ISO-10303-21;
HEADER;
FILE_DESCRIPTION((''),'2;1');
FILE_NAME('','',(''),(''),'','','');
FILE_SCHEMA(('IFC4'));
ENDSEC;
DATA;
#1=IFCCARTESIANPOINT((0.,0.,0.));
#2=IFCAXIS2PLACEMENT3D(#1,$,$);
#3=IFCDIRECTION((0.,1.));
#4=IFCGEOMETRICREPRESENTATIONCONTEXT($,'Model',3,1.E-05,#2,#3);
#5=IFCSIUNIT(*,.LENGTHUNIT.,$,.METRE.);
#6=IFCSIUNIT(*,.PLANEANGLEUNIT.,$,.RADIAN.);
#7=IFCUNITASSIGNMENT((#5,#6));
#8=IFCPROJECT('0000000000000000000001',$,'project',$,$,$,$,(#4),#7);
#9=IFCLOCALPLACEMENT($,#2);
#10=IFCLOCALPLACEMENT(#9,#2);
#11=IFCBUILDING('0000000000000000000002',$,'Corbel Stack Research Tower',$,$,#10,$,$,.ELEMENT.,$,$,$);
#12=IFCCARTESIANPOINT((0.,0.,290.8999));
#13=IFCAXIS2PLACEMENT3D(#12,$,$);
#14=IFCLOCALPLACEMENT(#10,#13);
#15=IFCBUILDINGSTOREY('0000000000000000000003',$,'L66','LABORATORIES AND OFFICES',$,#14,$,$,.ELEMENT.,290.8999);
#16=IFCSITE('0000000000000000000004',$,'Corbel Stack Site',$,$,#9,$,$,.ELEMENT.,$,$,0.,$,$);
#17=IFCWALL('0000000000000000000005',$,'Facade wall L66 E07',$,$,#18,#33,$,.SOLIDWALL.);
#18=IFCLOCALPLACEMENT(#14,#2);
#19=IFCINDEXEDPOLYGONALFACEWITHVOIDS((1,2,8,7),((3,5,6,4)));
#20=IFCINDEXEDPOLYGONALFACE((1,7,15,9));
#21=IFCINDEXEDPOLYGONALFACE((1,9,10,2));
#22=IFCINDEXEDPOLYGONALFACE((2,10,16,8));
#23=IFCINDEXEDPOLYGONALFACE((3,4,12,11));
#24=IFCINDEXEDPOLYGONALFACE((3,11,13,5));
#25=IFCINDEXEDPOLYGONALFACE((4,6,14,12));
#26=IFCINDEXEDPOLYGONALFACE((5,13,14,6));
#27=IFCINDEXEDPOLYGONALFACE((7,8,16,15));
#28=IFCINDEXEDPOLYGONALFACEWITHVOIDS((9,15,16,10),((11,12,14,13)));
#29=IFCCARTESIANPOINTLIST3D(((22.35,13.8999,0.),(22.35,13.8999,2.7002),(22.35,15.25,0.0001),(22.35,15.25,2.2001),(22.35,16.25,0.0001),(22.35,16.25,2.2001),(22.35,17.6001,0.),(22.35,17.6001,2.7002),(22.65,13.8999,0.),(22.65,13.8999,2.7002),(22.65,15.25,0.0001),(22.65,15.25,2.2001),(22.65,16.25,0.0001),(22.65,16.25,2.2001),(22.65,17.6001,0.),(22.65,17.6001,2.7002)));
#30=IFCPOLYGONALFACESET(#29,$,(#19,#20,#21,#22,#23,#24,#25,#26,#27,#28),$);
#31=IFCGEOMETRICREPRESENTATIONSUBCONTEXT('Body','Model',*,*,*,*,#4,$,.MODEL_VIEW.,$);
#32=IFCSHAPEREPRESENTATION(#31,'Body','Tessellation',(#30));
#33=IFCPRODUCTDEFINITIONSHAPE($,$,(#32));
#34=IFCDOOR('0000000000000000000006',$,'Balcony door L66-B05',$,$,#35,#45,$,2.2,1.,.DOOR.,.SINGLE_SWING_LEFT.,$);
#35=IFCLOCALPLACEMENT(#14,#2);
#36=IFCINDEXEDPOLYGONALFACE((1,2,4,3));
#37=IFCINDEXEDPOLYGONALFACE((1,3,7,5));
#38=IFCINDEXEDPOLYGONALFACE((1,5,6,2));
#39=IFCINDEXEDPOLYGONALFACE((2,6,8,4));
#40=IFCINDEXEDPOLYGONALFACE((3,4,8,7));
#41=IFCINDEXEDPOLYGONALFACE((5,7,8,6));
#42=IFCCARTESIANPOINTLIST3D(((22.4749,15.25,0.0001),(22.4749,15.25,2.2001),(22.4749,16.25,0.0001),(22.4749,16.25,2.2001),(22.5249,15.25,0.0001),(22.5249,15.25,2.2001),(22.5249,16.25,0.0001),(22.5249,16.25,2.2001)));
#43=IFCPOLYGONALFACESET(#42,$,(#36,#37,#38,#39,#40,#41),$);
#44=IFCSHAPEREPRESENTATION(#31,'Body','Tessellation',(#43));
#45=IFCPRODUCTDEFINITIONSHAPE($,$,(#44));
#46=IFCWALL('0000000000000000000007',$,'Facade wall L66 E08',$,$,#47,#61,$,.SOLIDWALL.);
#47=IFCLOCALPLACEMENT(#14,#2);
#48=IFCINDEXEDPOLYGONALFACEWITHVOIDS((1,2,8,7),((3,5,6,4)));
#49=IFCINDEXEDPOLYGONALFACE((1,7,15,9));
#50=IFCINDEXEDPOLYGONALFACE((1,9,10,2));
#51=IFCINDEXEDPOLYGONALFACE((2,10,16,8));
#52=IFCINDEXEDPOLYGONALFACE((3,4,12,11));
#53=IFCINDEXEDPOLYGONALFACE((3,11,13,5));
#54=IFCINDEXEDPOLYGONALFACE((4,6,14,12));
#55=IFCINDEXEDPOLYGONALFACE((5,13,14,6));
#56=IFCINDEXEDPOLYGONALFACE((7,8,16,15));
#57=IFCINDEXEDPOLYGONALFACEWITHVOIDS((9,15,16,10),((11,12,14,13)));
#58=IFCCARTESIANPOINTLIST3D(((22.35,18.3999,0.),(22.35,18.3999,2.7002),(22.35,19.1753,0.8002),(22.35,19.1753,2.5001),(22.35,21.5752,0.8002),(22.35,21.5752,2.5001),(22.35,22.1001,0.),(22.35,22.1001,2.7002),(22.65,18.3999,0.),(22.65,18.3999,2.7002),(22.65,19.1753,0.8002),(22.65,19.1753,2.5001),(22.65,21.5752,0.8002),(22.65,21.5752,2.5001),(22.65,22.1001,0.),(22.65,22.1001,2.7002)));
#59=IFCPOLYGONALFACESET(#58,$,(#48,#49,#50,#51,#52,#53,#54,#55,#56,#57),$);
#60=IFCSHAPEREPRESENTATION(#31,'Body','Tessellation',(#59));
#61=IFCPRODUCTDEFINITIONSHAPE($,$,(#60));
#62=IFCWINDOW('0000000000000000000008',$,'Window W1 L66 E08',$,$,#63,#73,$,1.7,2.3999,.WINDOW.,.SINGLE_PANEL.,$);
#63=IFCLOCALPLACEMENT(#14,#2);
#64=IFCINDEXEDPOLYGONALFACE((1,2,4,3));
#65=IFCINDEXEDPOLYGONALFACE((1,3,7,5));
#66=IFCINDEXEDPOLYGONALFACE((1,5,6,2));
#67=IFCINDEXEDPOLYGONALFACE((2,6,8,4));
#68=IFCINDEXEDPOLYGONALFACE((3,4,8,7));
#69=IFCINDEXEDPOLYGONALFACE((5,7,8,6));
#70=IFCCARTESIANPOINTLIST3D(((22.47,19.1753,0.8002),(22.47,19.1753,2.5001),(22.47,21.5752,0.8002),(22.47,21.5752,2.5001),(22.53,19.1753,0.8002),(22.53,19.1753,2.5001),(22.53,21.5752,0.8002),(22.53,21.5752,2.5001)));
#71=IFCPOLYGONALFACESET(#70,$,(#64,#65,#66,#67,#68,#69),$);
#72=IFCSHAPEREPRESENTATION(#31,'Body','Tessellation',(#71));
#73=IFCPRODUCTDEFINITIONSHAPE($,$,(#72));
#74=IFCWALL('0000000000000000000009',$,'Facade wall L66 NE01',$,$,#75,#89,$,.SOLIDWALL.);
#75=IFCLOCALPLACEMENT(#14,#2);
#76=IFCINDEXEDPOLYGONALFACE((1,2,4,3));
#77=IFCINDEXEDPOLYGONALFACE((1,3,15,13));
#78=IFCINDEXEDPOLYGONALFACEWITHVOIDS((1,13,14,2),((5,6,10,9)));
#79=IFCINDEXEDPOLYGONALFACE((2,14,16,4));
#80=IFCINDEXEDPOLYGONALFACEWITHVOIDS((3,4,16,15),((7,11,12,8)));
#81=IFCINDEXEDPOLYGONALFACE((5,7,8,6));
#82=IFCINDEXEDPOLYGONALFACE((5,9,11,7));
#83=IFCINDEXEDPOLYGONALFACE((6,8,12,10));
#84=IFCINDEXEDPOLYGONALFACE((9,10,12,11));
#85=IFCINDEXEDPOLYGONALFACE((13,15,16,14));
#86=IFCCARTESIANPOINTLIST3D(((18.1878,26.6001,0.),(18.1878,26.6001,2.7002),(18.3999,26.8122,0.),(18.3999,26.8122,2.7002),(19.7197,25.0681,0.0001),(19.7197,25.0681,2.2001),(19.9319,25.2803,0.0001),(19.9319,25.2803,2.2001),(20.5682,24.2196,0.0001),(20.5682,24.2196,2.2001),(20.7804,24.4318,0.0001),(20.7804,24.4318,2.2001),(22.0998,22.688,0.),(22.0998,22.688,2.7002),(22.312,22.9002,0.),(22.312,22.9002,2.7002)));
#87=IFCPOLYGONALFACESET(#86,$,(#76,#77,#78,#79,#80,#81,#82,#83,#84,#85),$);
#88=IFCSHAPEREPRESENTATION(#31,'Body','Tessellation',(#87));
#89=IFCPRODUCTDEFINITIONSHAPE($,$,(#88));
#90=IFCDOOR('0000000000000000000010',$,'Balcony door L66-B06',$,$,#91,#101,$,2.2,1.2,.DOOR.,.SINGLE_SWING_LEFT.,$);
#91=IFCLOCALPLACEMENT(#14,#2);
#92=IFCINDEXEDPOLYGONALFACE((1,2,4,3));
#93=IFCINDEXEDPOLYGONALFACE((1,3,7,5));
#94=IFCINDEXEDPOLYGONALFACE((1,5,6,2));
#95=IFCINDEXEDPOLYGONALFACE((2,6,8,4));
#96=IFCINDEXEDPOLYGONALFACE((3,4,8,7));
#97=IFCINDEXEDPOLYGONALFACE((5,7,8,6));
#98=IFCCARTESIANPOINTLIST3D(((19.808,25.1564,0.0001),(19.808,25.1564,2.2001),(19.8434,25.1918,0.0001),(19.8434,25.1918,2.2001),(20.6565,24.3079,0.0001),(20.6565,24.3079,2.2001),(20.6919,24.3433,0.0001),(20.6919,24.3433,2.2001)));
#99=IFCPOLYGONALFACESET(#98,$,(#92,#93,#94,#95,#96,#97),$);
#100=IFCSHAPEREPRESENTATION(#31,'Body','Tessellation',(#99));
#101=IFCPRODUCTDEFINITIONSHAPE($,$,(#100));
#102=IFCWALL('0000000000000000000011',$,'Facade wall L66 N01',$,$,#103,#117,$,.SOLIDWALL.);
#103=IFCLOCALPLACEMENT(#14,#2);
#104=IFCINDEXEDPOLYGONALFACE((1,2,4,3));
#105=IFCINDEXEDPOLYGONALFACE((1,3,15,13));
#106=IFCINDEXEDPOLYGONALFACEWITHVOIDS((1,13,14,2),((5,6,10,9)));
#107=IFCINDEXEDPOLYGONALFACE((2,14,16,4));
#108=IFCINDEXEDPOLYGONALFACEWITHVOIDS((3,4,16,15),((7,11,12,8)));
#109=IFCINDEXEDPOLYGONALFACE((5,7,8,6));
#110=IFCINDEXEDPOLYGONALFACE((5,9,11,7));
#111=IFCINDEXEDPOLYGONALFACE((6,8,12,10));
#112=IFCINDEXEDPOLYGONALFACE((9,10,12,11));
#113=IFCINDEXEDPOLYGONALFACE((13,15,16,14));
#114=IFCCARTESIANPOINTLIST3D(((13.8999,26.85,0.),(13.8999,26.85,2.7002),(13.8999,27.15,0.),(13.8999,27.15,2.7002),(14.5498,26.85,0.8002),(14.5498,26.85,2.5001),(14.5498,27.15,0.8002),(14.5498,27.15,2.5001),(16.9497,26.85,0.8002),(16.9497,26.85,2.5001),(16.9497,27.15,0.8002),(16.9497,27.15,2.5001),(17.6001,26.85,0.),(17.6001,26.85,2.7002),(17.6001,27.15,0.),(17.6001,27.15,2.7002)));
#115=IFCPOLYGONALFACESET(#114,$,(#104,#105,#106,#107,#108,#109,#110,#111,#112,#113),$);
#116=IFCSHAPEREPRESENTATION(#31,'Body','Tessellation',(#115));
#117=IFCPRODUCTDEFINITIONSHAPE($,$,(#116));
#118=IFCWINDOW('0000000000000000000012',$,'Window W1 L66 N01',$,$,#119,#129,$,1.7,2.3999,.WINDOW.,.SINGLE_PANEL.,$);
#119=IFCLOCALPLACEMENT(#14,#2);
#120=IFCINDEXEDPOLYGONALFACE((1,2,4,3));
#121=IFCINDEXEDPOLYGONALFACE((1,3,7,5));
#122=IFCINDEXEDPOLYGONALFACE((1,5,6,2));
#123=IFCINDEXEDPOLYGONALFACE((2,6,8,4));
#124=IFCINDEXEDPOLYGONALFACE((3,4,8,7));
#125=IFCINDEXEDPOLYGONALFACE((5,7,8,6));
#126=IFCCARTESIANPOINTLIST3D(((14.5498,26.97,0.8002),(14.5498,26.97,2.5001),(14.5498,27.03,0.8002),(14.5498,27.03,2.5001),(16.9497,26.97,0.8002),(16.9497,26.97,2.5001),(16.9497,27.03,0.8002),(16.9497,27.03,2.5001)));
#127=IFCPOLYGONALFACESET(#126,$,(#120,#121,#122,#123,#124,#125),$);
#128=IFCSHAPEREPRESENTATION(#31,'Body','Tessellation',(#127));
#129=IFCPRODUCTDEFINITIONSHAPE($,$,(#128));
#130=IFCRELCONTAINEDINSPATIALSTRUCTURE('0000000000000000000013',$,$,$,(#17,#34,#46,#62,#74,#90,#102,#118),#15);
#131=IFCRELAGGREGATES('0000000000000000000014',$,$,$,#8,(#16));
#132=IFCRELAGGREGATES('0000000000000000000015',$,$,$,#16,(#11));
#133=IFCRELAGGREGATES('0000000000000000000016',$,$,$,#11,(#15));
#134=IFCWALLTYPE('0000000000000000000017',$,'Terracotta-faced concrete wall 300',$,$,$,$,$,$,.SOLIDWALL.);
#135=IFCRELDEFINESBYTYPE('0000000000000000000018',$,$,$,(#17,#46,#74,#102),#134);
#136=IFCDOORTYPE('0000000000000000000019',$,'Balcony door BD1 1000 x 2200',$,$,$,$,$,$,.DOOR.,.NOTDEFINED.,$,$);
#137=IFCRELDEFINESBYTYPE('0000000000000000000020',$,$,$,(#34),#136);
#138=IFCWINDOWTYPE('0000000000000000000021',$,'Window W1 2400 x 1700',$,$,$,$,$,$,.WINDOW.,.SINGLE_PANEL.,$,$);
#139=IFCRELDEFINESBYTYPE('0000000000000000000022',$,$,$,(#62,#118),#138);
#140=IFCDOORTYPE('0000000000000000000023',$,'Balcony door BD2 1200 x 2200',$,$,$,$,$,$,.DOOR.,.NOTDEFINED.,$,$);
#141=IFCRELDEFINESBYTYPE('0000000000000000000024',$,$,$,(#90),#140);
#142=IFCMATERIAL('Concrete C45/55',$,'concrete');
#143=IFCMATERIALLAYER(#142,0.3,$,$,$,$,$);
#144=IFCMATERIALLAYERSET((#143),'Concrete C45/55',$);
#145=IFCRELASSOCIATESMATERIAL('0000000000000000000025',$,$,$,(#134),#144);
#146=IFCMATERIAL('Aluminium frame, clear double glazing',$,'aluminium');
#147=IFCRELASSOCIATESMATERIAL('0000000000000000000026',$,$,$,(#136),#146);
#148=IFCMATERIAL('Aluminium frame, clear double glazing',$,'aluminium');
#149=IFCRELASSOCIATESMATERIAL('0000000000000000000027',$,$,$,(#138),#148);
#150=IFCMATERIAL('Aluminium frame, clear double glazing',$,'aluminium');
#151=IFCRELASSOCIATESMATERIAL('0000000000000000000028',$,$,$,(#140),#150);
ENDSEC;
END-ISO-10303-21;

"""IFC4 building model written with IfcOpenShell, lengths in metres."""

from ifc_helpers import new_model, si_unit, direction, frame, frame_2d, origin, place, context, subcontext, project, spatial, rectangle, extrude, material, layer, layer_set, type_object, element, fill, save


model = new_model("IFC4")

# Units and contexts
model_context = context("Model", 3, precision=1e-05, world=origin(), true_north=direction((0.0, 1.0)))
body_context = subcontext(model_context, "Body", "Model", "MODEL_VIEW")
ifc_project = project(units=[si_unit("LENGTHUNIT", "METRE"), si_unit("PLANEANGLEUNIT", "RADIAN")], contexts=[model_context])

# Site, building, storey
site_placement = place(None, origin())
site = spatial("IfcSite", under=ifc_project, at=site_placement, Name="Corbel Stack Site", CompositionType="ELEMENT", RefElevation=0.0)
building_placement = place(site_placement, origin())
building = spatial("IfcBuilding", under=site, at=building_placement, Name="Corbel Stack Research Tower", CompositionType="ELEMENT")
storey_placement = place(building_placement, frame((0.0, 0.0, 290.8999)))
storey = spatial("IfcBuildingStorey", under=building, at=storey_placement, Name="L66", Description="LABORATORIES AND OFFICES", CompositionType="ELEMENT", Elevation=290.8999)

# Wall, opening, door
ifc_material_1 = material(Name="Concrete C45/55", Category="concrete")
ifc_layer_1 = layer(ifc_material_1, 0.3)
ifc_layer_set_1 = layer_set([ifc_layer_1], Name="Concrete C45/55")
wall_type_1 = type_object("IfcWallType", Name="Terracotta-faced concrete wall 300", PredefinedType="SOLIDWALL", material=ifc_layer_set_1)
wall_1_placement = place(storey_placement, frame((22.5, 17.6001, 0.0), z_axis=(0.0, 0.0, 1.0), x_axis=(0.0, -1.0, 0.0)))
wall_1 = element("IfcWall", 1, at=wall_1_placement, inside=storey, type_object=wall_type_1, Name="Facade wall L66 E07", PredefinedType="SOLIDWALL", context=body_context, shape_type="SweptSolid", body=[
    extrude(rectangle(XDim=3.7002, YDim=0.3, at=frame_2d((1.8501, 0.0))), origin(), (0.0, 0.0, 1.0), 2.7002),
])
opening_1_placement = place(wall_1_placement, frame((1.3501, 0.0, 0.0)))
opening_1 = element("IfcOpeningElement", 2, at=opening_1_placement, cuts=wall_1, PredefinedType="OPENING", context=body_context, shape_type="SweptSolid", body=[
    extrude(rectangle(XDim=1.0, YDim=2.2, at=frame_2d((0.5, 1.1001))), frame((0.0, 0.1599, 0.0), z_axis=(0.0, -1.0, 0.0), x_axis=(1.0, 0.0, 0.0)), (0.0, 0.0, 1.0), 0.3201),
])
ifc_material_2 = material(Name="Aluminium frame, clear double glazing", Category="aluminium")
door_type_1 = type_object("IfcDoorType", Name="Balcony door BD1 1000 x 2200", OperationType="NOTDEFINED", PredefinedType="DOOR", material=ifc_material_2)
door_1_placement = place(opening_1_placement, origin())
door_1 = element("IfcDoor", 3, at=door_1_placement, inside=storey, type_object=door_type_1, Name="Balcony door L66-B05", OperationType="SINGLE_SWING_LEFT", OverallHeight=2.2, OverallWidth=1.0, PredefinedType="DOOR", context=body_context, shape_type="SweptSolid", body=[
    extrude(rectangle(XDim=1.0, YDim=2.2, at=frame_2d((0.5, 1.1001))), frame((0.0, 0.0249, 0.0), z_axis=(0.0, -1.0, 0.0), x_axis=(1.0, 0.0, 0.0)), (0.0, 0.0, 1.0), 0.05),
])
fill(opening_1, door_1)

# Wall, opening, window
wall_2_placement = place(storey_placement, frame((22.5, 22.1001, 0.0), z_axis=(0.0, 0.0, 1.0), x_axis=(0.0, -1.0, 0.0)))
wall_2 = element("IfcWall", 4, at=wall_2_placement, inside=storey, type_object=wall_type_1, Name="Facade wall L66 E08", PredefinedType="SOLIDWALL", context=body_context, shape_type="SweptSolid", body=[
    extrude(rectangle(XDim=3.7002, YDim=0.3, at=frame_2d((1.8501, 0.0))), origin(), (0.0, 0.0, 1.0), 2.7002),
])
opening_2_placement = place(wall_2_placement, frame((0.5249, 0.0, 0.8)))
opening_2 = element("IfcOpeningElement", 5, at=opening_2_placement, cuts=wall_2, PredefinedType="OPENING", context=body_context, shape_type="SweptSolid", body=[
    extrude(rectangle(XDim=2.3999, YDim=1.7, at=frame_2d((1.2, 0.8501))), frame((0.0, 0.1599, 0.0), z_axis=(0.0, -1.0, 0.0), x_axis=(1.0, 0.0, 0.0)), (0.0, 0.0, 1.0), 0.3201),
])
ifc_material_3 = material(Name="Aluminium frame, clear double glazing", Category="aluminium")
window_type = type_object("IfcWindowType", Name="Window W1 2400 x 1700", PartitioningType="SINGLE_PANEL", PredefinedType="WINDOW", material=ifc_material_3)
window_1_placement = place(opening_2_placement, origin())
window_1 = element("IfcWindow", 6, at=window_1_placement, inside=storey, type_object=window_type, Name="Window W1 L66 E08", OverallHeight=1.7, OverallWidth=2.3999, PartitioningType="SINGLE_PANEL", PredefinedType="WINDOW", context=body_context, shape_type="SweptSolid", body=[
    extrude(rectangle(XDim=2.3999, YDim=1.7, at=frame_2d((1.2, 0.8501))), frame((0.0, 0.03, 0.0), z_axis=(0.0, -1.0, 0.0), x_axis=(1.0, 0.0, 0.0)), (0.0, 0.0, 1.0), 0.0601),
])
fill(opening_2, window_1)

# Wall, opening, door
wall_3_placement = place(storey_placement, frame((18.2939, 26.7061, 0.0), z_axis=(0.0, 0.0, 1.0), x_axis=(0.707107, -0.707107, 0.0)))
wall_3 = element("IfcWall", 7, at=wall_3_placement, inside=storey, type_object=wall_type_1, Name="Facade wall L66 NE01", PredefinedType="SOLIDWALL", context=body_context, shape_type="SweptSolid", body=[
    extrude(rectangle(XDim=5.5325, YDim=0.3, at=frame_2d((2.7661, 0.0))), origin(), (0.0, 0.0, 1.0), 2.7002),
])
opening_3_placement = place(wall_3_placement, frame((2.1663, 0.0, 0.0)))
opening_3 = element("IfcOpeningElement", 8, at=opening_3_placement, cuts=wall_3, PredefinedType="OPENING", context=body_context, shape_type="SweptSolid", body=[
    extrude(rectangle(XDim=1.2, YDim=2.2, at=frame_2d((0.6001, 1.1001))), frame((0.0, 0.1599, 0.0), z_axis=(0.0, -1.0, 0.0), x_axis=(1.0, 0.0, 0.0)), (0.0, 0.0, 1.0), 0.3201),
])
ifc_material_4 = material(Name="Aluminium frame, clear double glazing", Category="aluminium")
door_type_2 = type_object("IfcDoorType", Name="Balcony door BD2 1200 x 2200", OperationType="NOTDEFINED", PredefinedType="DOOR", material=ifc_material_4)
door_2_placement = place(opening_3_placement, origin())
door_2 = element("IfcDoor", 9, at=door_2_placement, inside=storey, type_object=door_type_2, Name="Balcony door L66-B06", OperationType="SINGLE_SWING_LEFT", OverallHeight=2.2, OverallWidth=1.2, PredefinedType="DOOR", context=body_context, shape_type="SweptSolid", body=[
    extrude(rectangle(XDim=1.2, YDim=2.2, at=frame_2d((0.6001, 1.1001))), frame((0.0, 0.0249, 0.0), z_axis=(0.0, -1.0, 0.0), x_axis=(1.0, 0.0, 0.0)), (0.0, 0.0, 1.0), 0.05),
])
fill(opening_3, door_2)

# Wall, opening, window
wall_4_placement = place(storey_placement, frame((13.8999, 27.0, 0.0), z_axis=(0.0, 0.0, 1.0), x_axis=(1.0, 0.0, 0.0)))
wall_4 = element("IfcWall", 10, at=wall_4_placement, inside=storey, type_object=wall_type_1, Name="Facade wall L66 N01", PredefinedType="SOLIDWALL", context=body_context, shape_type="SweptSolid", body=[
    extrude(rectangle(XDim=3.7002, YDim=0.3, at=frame_2d((1.8501, 0.0))), origin(), (0.0, 0.0, 1.0), 2.7002),
])
opening_4_placement = place(wall_4_placement, frame((0.6499, 0.0, 0.8)))
opening_4 = element("IfcOpeningElement", 11, at=opening_4_placement, cuts=wall_4, PredefinedType="OPENING", context=body_context, shape_type="SweptSolid", body=[
    extrude(rectangle(XDim=2.3999, YDim=1.7, at=frame_2d((1.2, 0.8501))), frame((0.0, 0.1599, 0.0), z_axis=(0.0, -1.0, 0.0), x_axis=(1.0, 0.0, 0.0)), (0.0, 0.0, 1.0), 0.3201),
])
window_2_placement = place(opening_4_placement, origin())
window_2 = element("IfcWindow", 12, at=window_2_placement, inside=storey, type_object=window_type, Name="Window W1 L66 N01", OverallHeight=1.7, OverallWidth=2.3999, PartitioningType="SINGLE_PANEL", PredefinedType="WINDOW", context=body_context, shape_type="SweptSolid", body=[
    extrude(rectangle(XDim=2.3999, YDim=1.7, at=frame_2d((1.2, 0.8501))), frame((0.0, 0.03, 0.0), z_axis=(0.0, -1.0, 0.0), x_axis=(1.0, 0.0, 0.0)), (0.0, 0.0, 1.0), 0.0601),
])
fill(opening_4, window_2)

save(model, "model.ifc")
